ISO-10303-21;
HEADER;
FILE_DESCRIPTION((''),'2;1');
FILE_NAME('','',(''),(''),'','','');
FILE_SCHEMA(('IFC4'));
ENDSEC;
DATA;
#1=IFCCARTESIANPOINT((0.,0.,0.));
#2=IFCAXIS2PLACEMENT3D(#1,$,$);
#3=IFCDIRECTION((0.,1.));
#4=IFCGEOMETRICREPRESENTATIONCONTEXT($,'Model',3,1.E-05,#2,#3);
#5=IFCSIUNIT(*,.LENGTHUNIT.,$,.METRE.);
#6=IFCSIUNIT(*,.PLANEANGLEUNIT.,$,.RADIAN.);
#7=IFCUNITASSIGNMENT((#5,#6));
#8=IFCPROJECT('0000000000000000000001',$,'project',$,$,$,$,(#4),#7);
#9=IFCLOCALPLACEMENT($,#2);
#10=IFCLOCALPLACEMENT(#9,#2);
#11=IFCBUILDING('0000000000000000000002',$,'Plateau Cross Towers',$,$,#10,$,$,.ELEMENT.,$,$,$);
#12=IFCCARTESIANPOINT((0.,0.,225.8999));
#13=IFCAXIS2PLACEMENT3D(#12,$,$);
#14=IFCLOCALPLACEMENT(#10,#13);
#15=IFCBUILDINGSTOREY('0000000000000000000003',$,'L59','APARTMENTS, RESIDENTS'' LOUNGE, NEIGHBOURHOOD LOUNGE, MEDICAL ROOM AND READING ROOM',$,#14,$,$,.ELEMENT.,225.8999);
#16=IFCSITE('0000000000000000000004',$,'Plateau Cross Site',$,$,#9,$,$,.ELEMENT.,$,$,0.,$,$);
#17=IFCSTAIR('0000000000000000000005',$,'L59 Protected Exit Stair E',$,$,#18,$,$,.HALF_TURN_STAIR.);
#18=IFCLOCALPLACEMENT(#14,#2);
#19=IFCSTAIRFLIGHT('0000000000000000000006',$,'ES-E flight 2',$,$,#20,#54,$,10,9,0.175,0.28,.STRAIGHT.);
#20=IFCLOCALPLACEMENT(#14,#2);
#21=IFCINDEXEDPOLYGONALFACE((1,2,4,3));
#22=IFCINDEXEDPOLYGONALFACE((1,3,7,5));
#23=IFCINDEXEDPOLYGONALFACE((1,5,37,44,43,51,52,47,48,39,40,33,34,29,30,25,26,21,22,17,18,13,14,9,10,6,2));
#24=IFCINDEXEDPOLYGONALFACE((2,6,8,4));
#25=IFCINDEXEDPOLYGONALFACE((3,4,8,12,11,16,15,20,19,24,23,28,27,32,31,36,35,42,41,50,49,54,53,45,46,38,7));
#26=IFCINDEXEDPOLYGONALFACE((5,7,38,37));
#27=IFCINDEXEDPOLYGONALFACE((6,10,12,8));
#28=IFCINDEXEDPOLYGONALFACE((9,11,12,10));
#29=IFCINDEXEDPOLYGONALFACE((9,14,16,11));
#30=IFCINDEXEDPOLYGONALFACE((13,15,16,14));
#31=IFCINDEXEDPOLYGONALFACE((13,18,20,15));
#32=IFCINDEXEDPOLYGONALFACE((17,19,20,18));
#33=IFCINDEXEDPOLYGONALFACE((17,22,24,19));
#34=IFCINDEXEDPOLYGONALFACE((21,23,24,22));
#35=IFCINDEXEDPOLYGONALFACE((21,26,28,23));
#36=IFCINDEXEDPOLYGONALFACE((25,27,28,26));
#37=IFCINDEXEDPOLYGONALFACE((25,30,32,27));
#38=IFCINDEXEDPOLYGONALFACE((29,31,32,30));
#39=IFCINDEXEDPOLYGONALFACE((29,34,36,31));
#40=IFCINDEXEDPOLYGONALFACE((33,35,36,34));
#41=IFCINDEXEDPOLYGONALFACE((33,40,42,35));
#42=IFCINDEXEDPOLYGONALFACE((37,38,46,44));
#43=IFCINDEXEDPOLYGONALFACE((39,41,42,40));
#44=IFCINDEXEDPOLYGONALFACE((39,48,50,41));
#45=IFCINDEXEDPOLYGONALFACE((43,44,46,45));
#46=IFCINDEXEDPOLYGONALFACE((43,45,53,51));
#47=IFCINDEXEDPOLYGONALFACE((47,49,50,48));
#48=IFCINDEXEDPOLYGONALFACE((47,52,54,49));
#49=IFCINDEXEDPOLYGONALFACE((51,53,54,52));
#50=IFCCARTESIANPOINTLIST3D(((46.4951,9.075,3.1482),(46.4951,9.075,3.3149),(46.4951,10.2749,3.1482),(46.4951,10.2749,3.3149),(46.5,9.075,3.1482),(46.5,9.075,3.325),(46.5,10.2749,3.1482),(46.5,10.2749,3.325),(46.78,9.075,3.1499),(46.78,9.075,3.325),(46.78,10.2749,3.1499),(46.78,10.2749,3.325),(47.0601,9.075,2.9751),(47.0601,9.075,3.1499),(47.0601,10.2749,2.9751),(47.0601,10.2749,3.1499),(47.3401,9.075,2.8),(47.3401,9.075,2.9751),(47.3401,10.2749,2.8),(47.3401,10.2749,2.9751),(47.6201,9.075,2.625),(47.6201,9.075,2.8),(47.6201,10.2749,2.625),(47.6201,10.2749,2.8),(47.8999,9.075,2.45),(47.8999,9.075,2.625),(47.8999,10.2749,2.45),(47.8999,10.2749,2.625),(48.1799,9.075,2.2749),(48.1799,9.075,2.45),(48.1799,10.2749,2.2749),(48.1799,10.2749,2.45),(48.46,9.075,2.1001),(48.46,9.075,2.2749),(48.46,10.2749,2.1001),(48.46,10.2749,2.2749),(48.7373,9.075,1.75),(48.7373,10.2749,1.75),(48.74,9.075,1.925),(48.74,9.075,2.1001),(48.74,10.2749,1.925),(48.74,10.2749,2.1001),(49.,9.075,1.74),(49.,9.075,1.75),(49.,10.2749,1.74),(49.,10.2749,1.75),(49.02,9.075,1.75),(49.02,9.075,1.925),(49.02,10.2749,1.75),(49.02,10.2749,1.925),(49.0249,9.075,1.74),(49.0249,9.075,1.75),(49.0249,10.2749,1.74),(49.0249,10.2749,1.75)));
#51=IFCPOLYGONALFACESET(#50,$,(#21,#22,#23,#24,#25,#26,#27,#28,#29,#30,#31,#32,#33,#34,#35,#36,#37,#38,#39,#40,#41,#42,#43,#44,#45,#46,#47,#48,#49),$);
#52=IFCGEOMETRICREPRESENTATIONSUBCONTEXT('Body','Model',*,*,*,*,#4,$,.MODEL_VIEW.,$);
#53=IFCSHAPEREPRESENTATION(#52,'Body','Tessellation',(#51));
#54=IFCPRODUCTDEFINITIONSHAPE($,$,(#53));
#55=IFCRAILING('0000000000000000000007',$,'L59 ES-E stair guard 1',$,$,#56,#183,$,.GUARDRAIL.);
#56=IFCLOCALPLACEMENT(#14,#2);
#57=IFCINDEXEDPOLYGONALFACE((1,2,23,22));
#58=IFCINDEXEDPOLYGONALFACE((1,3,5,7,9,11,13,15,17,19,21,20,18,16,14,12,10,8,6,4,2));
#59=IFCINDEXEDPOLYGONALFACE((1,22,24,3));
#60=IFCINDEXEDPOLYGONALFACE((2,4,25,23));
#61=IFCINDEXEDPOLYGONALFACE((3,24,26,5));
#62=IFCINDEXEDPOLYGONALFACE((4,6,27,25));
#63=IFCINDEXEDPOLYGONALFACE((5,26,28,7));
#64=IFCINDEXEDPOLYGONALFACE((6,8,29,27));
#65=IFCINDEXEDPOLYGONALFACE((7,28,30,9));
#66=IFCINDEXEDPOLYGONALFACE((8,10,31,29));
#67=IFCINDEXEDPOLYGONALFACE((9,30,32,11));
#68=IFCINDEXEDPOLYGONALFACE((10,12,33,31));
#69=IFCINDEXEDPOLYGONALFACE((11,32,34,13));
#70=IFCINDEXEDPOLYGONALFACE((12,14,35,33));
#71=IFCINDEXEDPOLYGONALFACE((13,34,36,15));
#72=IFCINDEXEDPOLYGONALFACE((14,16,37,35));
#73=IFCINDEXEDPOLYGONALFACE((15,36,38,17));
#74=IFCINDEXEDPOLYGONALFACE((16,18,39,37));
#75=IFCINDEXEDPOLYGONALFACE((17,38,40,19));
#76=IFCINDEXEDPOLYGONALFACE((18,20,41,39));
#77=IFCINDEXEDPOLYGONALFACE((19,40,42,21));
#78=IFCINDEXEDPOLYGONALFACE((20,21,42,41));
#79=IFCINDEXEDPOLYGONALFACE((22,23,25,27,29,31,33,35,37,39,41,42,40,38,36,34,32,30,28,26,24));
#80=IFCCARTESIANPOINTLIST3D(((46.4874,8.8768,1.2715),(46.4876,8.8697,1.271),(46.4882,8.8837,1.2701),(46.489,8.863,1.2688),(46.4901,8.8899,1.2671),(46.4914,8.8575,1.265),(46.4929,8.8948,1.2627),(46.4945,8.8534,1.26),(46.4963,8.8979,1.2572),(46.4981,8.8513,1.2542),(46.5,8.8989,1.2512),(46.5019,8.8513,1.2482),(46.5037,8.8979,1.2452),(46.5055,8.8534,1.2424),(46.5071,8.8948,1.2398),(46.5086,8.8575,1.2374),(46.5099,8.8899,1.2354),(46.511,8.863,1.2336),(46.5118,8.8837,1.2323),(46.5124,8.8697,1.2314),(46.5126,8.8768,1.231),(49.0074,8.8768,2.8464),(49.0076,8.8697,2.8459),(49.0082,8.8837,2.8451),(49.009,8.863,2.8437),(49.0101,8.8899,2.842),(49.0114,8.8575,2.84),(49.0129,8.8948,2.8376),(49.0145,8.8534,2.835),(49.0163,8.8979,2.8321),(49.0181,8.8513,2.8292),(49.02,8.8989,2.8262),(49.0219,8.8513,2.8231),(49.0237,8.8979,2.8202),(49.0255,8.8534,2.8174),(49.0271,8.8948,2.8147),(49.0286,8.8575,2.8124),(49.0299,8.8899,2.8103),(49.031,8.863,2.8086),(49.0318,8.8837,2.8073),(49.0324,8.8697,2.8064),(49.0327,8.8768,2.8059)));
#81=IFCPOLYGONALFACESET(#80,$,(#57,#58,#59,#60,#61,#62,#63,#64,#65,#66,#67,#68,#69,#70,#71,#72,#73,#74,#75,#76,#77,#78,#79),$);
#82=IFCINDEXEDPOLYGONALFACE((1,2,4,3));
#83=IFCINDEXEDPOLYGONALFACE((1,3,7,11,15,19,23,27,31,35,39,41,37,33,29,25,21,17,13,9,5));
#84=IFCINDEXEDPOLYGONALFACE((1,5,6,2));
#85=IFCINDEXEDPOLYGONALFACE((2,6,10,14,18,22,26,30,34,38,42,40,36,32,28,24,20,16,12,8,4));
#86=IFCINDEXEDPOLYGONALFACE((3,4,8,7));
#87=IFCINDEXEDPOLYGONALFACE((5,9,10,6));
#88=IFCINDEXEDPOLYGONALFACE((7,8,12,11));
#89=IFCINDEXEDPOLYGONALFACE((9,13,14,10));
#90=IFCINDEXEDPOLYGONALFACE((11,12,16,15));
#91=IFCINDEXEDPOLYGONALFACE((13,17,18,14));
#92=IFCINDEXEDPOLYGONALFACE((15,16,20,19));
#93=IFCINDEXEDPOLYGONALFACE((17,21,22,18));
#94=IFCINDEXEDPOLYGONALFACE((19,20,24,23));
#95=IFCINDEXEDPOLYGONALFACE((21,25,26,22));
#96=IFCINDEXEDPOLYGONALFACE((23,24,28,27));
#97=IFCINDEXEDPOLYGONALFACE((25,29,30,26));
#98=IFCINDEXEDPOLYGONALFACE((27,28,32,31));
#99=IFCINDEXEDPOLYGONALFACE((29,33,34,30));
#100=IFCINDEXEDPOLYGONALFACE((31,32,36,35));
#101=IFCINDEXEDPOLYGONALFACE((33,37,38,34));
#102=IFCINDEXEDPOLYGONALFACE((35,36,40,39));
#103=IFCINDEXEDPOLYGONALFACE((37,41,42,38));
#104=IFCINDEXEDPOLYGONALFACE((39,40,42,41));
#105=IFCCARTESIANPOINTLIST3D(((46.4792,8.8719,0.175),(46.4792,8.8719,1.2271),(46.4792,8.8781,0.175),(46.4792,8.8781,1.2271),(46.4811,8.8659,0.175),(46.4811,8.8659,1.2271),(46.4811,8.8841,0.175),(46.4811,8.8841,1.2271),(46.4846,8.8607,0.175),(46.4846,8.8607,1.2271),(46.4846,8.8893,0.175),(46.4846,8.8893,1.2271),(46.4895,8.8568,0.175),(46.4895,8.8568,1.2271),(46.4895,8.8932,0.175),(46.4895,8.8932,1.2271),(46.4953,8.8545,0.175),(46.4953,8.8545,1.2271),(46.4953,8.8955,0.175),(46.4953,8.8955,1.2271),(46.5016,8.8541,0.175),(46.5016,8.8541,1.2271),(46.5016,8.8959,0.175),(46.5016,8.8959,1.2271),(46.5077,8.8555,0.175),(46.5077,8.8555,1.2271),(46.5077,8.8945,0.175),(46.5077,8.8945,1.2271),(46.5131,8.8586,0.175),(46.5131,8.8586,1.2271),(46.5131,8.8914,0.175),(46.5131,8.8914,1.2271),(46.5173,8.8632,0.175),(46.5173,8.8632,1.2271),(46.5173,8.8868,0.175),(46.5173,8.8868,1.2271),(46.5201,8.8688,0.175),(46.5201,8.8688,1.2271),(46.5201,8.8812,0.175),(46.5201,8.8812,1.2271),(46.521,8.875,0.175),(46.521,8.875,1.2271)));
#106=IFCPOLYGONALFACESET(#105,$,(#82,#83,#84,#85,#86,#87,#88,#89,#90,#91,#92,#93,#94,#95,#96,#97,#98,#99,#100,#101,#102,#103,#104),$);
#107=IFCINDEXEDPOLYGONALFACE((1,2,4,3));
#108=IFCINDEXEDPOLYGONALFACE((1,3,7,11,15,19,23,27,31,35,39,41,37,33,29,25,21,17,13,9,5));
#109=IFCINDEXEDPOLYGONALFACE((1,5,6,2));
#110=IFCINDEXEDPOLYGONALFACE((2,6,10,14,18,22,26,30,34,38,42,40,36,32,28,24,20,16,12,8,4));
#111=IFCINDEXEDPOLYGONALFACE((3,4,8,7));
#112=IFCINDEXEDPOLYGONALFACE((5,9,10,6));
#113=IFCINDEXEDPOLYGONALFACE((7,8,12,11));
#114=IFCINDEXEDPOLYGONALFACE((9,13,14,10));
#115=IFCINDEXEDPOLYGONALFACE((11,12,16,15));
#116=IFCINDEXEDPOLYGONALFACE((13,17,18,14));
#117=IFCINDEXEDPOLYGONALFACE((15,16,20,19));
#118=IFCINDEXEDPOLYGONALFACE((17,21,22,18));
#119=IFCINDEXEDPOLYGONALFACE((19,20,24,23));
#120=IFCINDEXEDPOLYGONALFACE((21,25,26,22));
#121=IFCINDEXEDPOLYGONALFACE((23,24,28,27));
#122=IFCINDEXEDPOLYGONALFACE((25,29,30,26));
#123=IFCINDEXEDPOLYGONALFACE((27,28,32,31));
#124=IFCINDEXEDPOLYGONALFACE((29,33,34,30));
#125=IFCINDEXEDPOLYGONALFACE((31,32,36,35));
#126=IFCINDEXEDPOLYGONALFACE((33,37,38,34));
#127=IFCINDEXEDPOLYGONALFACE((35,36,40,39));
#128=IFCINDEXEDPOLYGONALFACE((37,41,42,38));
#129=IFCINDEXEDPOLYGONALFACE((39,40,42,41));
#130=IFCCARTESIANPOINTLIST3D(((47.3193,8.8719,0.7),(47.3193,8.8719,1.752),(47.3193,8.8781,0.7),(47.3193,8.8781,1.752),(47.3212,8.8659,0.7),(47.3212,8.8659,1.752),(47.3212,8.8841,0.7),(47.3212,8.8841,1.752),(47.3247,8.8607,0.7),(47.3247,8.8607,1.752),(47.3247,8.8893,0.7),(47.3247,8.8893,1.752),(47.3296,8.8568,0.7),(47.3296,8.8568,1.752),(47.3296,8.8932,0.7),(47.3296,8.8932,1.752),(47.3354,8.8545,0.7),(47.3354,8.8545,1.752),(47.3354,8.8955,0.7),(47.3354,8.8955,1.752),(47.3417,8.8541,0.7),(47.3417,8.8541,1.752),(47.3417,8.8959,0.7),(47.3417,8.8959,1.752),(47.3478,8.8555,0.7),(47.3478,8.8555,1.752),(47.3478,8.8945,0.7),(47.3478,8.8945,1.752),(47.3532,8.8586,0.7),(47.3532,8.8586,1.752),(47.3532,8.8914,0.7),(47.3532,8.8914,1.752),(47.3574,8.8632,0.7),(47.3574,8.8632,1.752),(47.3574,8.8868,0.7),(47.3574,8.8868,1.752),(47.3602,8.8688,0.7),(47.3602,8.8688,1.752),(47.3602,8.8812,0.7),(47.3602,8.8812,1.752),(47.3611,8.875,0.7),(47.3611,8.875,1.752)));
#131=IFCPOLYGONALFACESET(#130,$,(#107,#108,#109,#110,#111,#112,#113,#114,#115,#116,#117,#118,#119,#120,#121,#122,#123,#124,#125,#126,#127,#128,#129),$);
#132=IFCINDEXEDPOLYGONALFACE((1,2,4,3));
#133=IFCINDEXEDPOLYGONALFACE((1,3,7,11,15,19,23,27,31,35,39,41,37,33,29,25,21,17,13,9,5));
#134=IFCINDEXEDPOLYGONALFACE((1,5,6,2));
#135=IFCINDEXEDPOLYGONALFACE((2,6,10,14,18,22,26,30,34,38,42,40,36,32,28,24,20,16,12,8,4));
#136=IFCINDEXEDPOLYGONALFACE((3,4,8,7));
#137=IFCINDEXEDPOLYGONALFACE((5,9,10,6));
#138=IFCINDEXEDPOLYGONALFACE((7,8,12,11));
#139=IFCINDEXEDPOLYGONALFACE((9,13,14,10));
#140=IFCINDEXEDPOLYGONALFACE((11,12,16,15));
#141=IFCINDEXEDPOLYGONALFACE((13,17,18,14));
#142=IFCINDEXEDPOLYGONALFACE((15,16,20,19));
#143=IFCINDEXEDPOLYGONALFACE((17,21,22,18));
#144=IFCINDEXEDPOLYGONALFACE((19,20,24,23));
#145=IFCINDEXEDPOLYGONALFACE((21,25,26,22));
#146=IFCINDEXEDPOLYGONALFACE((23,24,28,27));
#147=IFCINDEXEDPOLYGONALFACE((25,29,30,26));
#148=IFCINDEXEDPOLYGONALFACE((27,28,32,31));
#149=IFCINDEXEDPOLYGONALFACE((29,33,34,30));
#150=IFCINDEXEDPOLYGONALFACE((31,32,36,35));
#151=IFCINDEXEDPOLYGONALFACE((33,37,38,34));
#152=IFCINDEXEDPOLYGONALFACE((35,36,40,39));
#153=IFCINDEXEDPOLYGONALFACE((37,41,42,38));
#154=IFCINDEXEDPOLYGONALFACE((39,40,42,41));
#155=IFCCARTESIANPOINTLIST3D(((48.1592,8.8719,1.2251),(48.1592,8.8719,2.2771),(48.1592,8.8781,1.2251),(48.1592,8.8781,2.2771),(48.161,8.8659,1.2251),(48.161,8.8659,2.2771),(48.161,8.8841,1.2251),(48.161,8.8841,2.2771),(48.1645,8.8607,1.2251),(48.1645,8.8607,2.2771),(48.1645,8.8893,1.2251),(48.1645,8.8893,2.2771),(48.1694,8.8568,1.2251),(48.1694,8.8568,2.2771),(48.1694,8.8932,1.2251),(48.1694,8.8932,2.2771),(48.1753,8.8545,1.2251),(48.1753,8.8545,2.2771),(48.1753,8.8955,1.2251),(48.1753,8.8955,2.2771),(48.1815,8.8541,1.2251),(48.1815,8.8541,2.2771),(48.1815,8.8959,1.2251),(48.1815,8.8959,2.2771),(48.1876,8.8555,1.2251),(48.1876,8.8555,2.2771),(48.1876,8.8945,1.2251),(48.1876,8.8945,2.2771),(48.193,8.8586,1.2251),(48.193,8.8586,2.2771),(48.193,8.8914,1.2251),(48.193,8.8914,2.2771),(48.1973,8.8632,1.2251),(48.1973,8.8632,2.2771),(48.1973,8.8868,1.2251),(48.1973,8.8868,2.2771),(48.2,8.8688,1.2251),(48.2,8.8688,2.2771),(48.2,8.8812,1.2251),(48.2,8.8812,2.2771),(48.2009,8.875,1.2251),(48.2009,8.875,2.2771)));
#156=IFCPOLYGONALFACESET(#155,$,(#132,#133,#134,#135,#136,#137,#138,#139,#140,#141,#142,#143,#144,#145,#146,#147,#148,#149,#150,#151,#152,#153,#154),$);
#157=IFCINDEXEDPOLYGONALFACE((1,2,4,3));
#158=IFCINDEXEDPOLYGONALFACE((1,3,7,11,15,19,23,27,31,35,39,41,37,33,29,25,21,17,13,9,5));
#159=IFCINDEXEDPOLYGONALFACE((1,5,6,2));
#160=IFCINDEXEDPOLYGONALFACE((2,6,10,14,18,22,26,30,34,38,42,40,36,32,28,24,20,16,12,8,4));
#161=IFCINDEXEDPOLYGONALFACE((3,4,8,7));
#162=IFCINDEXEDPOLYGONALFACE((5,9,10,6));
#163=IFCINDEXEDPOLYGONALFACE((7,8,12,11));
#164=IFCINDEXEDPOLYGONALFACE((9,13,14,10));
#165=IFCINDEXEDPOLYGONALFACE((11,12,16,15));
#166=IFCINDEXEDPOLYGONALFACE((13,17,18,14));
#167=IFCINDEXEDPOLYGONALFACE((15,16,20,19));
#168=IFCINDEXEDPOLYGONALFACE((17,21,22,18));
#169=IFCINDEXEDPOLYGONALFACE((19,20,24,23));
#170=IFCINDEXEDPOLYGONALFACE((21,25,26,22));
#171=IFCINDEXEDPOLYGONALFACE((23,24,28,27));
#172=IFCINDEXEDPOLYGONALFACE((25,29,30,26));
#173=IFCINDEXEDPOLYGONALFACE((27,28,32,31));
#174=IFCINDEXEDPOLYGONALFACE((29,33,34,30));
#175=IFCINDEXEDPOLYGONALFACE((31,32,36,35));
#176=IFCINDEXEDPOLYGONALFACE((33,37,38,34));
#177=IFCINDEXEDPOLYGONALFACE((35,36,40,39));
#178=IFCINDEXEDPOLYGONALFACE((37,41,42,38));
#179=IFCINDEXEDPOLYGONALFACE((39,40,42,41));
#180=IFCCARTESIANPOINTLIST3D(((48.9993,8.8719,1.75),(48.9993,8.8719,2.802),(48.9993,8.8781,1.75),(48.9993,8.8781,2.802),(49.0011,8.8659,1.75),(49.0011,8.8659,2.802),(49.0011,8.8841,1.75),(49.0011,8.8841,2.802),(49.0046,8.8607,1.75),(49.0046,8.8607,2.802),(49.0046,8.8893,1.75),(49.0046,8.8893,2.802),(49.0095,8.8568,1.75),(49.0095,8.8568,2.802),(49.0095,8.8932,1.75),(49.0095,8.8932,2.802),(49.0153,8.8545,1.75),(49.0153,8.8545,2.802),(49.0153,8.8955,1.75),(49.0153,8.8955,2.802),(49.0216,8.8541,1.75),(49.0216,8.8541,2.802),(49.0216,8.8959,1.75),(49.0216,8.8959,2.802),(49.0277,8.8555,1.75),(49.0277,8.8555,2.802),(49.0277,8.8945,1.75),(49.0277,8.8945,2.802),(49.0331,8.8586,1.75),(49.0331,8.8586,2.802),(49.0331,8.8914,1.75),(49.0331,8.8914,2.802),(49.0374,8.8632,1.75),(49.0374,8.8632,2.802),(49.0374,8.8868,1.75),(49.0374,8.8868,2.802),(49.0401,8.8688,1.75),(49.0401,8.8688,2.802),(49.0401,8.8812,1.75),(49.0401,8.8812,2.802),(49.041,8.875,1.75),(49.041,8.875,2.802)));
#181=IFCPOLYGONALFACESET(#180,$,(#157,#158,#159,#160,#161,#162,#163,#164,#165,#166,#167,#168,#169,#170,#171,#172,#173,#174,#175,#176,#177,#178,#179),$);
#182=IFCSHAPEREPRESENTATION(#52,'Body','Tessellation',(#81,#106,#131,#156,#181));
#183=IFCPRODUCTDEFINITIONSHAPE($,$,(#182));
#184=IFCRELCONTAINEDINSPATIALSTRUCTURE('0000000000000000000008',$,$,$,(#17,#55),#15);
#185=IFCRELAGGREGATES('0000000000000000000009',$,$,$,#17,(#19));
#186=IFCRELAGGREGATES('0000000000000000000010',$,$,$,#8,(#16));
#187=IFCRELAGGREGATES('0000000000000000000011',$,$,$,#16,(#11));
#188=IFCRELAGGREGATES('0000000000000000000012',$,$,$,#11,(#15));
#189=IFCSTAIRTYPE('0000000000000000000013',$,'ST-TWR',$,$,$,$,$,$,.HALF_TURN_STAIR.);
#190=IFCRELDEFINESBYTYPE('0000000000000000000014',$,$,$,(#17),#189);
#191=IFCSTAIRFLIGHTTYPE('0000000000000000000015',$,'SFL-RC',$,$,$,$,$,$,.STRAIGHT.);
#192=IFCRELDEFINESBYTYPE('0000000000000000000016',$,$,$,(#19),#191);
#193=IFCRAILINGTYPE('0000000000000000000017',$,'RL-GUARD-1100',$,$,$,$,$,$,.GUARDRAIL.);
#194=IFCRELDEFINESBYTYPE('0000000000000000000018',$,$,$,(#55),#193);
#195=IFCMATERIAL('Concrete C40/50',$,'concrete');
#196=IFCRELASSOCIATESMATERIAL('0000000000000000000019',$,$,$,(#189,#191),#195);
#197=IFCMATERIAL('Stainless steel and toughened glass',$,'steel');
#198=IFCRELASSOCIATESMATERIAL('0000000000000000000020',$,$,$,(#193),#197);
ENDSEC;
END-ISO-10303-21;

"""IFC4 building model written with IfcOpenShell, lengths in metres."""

from ifc_helpers import new_model, si_unit, direction, frame, origin, origin_2d, place, context, subcontext, project, spatial, polyline, circle, outline, extrude, material, type_object, element, aggregate, save


model = new_model("IFC4")

# Units and contexts
model_context = context("Model", 3, precision=1e-05, world=origin(), true_north=direction((0.0, 1.0)))
body_context = subcontext(model_context, "Body", "Model", "MODEL_VIEW")
ifc_project = project(units=[si_unit("LENGTHUNIT", "METRE"), si_unit("PLANEANGLEUNIT", "RADIAN")], contexts=[model_context])

# Site, building, storey
site_placement = place(None, origin())
site = spatial("IfcSite", under=ifc_project, at=site_placement, Name="Plateau Cross Site", CompositionType="ELEMENT", RefElevation=0.0)
building_placement = place(site_placement, origin())
building = spatial("IfcBuilding", under=site, at=building_placement, Name="Plateau Cross Towers", CompositionType="ELEMENT")
storey_placement = place(building_placement, frame((0.0, 0.0, 225.8999)))
storey = spatial("IfcBuildingStorey", under=building, at=storey_placement, Name="L59", Description="APARTMENTS, RESIDENTS' LOUNGE, NEIGHBOURHOOD LOUNGE, MEDICAL ROOM AND READING ROOM", CompositionType="ELEMENT", Elevation=225.8999)

# Stair, stair flight
ifc_material_1 = material(Name="Concrete C40/50", Category="concrete")
stair_type = type_object("IfcStairType", Name="ST-TWR", PredefinedType="HALF_TURN_STAIR", material=ifc_material_1)
stair_placement = place(storey_placement, origin())
stair = element("IfcStair", 1, at=stair_placement, inside=storey, type_object=stair_type, Name="L59 Protected Exit Stair E", PredefinedType="HALF_TURN_STAIR")
stair_flight_type = type_object("IfcStairFlightType", Name="SFL-RC", PredefinedType="STRAIGHT", material=ifc_material_1)
stair_flight_1_placement = place(storey_placement, frame((49.02, 9.675, 1.75), z_axis=(0.0, 0.0, 1.0), x_axis=(-1.0, 0.0, 0.0)))
stair_flight_1 = element("IfcStairFlight", 2, at=stair_flight_1_placement, type_object=stair_flight_type, Name="ES-E flight 2", NumberOfRisers=10, NumberOfTreads=9, PredefinedType="STRAIGHT", RiserHeight=0.175, TreadLength=0.28, context=body_context, shape_type="SweptSolid", body=[
    extrude(outline(polyline([(-0.0049, -0.01), (-0.0049, 0.0), (0.0, 0.0), (0.0, 0.175), (0.28, 0.175), (0.28, 0.3501), (0.5601, 0.3501), (0.5601, 0.5249), (0.8401, 0.5249), (0.8401, 0.7), (1.1201, 0.7), (1.1201, 0.875), (1.3999, 0.875), (1.3999, 1.05), (1.6799, 1.05), (1.6799, 1.2251), (1.96, 1.2251), (1.96, 1.3999), (2.24, 1.3999), (2.24, 1.575), (2.52, 1.575), (2.5249, 1.5649), (2.5249, 1.3982), (2.52, 1.3982), (0.2827, 0.0), (0.02, 0.0), (0.02, -0.01), (-0.0049, -0.01)])), frame((0.0, 0.6001, 0.0), z_axis=(0.0, -1.0, 0.0), x_axis=(1.0, 0.0, 0.0)), (0.0, 0.0, 1.0), 1.2),
])
aggregate(stair, [stair_flight_1])

# Railing
ifc_material_2 = material(Name="Stainless steel and toughened glass", Category="steel")
railing_type_1 = type_object("IfcRailingType", Name="RL-GUARD-1100", PredefinedType="GUARDRAIL", material=ifc_material_2)
railing_1_placement = place(storey_placement, frame((46.5, 8.875, 0.175)))
element("IfcRailing", 3, at=railing_1_placement, inside=storey, type_object=railing_type_1, Name="L59 ES-E stair guard 1", PredefinedType="GUARDRAIL", context=body_context, shape_type="SweptSolid", body=[
    extrude(circle(Radius=0.0239, at=origin_2d()), frame((0.0, 0.0, 1.0762), z_axis=(0.848008, 0.0, 0.529984), x_axis=(0.0, 1.0, 0.0)), (0.0, 0.0, 1.0), 2.9717),
    extrude(circle(Radius=0.021, at=origin_2d()), origin(), (0.0, 0.0, 1.0), 1.052),
    extrude(circle(Radius=0.021, at=origin_2d()), frame((0.8401, 0.0, 0.5249)), (0.0, 0.0, 1.0), 1.052),
    extrude(circle(Radius=0.021, at=origin_2d()), frame((1.6799, 0.0, 1.05)), (0.0, 0.0, 1.0), 1.052),
    extrude(circle(Radius=0.021, at=origin_2d()), frame((2.52, 0.0, 1.575)), (0.0, 0.0, 1.0), 1.052),
])

save(model, "model.ifc")
